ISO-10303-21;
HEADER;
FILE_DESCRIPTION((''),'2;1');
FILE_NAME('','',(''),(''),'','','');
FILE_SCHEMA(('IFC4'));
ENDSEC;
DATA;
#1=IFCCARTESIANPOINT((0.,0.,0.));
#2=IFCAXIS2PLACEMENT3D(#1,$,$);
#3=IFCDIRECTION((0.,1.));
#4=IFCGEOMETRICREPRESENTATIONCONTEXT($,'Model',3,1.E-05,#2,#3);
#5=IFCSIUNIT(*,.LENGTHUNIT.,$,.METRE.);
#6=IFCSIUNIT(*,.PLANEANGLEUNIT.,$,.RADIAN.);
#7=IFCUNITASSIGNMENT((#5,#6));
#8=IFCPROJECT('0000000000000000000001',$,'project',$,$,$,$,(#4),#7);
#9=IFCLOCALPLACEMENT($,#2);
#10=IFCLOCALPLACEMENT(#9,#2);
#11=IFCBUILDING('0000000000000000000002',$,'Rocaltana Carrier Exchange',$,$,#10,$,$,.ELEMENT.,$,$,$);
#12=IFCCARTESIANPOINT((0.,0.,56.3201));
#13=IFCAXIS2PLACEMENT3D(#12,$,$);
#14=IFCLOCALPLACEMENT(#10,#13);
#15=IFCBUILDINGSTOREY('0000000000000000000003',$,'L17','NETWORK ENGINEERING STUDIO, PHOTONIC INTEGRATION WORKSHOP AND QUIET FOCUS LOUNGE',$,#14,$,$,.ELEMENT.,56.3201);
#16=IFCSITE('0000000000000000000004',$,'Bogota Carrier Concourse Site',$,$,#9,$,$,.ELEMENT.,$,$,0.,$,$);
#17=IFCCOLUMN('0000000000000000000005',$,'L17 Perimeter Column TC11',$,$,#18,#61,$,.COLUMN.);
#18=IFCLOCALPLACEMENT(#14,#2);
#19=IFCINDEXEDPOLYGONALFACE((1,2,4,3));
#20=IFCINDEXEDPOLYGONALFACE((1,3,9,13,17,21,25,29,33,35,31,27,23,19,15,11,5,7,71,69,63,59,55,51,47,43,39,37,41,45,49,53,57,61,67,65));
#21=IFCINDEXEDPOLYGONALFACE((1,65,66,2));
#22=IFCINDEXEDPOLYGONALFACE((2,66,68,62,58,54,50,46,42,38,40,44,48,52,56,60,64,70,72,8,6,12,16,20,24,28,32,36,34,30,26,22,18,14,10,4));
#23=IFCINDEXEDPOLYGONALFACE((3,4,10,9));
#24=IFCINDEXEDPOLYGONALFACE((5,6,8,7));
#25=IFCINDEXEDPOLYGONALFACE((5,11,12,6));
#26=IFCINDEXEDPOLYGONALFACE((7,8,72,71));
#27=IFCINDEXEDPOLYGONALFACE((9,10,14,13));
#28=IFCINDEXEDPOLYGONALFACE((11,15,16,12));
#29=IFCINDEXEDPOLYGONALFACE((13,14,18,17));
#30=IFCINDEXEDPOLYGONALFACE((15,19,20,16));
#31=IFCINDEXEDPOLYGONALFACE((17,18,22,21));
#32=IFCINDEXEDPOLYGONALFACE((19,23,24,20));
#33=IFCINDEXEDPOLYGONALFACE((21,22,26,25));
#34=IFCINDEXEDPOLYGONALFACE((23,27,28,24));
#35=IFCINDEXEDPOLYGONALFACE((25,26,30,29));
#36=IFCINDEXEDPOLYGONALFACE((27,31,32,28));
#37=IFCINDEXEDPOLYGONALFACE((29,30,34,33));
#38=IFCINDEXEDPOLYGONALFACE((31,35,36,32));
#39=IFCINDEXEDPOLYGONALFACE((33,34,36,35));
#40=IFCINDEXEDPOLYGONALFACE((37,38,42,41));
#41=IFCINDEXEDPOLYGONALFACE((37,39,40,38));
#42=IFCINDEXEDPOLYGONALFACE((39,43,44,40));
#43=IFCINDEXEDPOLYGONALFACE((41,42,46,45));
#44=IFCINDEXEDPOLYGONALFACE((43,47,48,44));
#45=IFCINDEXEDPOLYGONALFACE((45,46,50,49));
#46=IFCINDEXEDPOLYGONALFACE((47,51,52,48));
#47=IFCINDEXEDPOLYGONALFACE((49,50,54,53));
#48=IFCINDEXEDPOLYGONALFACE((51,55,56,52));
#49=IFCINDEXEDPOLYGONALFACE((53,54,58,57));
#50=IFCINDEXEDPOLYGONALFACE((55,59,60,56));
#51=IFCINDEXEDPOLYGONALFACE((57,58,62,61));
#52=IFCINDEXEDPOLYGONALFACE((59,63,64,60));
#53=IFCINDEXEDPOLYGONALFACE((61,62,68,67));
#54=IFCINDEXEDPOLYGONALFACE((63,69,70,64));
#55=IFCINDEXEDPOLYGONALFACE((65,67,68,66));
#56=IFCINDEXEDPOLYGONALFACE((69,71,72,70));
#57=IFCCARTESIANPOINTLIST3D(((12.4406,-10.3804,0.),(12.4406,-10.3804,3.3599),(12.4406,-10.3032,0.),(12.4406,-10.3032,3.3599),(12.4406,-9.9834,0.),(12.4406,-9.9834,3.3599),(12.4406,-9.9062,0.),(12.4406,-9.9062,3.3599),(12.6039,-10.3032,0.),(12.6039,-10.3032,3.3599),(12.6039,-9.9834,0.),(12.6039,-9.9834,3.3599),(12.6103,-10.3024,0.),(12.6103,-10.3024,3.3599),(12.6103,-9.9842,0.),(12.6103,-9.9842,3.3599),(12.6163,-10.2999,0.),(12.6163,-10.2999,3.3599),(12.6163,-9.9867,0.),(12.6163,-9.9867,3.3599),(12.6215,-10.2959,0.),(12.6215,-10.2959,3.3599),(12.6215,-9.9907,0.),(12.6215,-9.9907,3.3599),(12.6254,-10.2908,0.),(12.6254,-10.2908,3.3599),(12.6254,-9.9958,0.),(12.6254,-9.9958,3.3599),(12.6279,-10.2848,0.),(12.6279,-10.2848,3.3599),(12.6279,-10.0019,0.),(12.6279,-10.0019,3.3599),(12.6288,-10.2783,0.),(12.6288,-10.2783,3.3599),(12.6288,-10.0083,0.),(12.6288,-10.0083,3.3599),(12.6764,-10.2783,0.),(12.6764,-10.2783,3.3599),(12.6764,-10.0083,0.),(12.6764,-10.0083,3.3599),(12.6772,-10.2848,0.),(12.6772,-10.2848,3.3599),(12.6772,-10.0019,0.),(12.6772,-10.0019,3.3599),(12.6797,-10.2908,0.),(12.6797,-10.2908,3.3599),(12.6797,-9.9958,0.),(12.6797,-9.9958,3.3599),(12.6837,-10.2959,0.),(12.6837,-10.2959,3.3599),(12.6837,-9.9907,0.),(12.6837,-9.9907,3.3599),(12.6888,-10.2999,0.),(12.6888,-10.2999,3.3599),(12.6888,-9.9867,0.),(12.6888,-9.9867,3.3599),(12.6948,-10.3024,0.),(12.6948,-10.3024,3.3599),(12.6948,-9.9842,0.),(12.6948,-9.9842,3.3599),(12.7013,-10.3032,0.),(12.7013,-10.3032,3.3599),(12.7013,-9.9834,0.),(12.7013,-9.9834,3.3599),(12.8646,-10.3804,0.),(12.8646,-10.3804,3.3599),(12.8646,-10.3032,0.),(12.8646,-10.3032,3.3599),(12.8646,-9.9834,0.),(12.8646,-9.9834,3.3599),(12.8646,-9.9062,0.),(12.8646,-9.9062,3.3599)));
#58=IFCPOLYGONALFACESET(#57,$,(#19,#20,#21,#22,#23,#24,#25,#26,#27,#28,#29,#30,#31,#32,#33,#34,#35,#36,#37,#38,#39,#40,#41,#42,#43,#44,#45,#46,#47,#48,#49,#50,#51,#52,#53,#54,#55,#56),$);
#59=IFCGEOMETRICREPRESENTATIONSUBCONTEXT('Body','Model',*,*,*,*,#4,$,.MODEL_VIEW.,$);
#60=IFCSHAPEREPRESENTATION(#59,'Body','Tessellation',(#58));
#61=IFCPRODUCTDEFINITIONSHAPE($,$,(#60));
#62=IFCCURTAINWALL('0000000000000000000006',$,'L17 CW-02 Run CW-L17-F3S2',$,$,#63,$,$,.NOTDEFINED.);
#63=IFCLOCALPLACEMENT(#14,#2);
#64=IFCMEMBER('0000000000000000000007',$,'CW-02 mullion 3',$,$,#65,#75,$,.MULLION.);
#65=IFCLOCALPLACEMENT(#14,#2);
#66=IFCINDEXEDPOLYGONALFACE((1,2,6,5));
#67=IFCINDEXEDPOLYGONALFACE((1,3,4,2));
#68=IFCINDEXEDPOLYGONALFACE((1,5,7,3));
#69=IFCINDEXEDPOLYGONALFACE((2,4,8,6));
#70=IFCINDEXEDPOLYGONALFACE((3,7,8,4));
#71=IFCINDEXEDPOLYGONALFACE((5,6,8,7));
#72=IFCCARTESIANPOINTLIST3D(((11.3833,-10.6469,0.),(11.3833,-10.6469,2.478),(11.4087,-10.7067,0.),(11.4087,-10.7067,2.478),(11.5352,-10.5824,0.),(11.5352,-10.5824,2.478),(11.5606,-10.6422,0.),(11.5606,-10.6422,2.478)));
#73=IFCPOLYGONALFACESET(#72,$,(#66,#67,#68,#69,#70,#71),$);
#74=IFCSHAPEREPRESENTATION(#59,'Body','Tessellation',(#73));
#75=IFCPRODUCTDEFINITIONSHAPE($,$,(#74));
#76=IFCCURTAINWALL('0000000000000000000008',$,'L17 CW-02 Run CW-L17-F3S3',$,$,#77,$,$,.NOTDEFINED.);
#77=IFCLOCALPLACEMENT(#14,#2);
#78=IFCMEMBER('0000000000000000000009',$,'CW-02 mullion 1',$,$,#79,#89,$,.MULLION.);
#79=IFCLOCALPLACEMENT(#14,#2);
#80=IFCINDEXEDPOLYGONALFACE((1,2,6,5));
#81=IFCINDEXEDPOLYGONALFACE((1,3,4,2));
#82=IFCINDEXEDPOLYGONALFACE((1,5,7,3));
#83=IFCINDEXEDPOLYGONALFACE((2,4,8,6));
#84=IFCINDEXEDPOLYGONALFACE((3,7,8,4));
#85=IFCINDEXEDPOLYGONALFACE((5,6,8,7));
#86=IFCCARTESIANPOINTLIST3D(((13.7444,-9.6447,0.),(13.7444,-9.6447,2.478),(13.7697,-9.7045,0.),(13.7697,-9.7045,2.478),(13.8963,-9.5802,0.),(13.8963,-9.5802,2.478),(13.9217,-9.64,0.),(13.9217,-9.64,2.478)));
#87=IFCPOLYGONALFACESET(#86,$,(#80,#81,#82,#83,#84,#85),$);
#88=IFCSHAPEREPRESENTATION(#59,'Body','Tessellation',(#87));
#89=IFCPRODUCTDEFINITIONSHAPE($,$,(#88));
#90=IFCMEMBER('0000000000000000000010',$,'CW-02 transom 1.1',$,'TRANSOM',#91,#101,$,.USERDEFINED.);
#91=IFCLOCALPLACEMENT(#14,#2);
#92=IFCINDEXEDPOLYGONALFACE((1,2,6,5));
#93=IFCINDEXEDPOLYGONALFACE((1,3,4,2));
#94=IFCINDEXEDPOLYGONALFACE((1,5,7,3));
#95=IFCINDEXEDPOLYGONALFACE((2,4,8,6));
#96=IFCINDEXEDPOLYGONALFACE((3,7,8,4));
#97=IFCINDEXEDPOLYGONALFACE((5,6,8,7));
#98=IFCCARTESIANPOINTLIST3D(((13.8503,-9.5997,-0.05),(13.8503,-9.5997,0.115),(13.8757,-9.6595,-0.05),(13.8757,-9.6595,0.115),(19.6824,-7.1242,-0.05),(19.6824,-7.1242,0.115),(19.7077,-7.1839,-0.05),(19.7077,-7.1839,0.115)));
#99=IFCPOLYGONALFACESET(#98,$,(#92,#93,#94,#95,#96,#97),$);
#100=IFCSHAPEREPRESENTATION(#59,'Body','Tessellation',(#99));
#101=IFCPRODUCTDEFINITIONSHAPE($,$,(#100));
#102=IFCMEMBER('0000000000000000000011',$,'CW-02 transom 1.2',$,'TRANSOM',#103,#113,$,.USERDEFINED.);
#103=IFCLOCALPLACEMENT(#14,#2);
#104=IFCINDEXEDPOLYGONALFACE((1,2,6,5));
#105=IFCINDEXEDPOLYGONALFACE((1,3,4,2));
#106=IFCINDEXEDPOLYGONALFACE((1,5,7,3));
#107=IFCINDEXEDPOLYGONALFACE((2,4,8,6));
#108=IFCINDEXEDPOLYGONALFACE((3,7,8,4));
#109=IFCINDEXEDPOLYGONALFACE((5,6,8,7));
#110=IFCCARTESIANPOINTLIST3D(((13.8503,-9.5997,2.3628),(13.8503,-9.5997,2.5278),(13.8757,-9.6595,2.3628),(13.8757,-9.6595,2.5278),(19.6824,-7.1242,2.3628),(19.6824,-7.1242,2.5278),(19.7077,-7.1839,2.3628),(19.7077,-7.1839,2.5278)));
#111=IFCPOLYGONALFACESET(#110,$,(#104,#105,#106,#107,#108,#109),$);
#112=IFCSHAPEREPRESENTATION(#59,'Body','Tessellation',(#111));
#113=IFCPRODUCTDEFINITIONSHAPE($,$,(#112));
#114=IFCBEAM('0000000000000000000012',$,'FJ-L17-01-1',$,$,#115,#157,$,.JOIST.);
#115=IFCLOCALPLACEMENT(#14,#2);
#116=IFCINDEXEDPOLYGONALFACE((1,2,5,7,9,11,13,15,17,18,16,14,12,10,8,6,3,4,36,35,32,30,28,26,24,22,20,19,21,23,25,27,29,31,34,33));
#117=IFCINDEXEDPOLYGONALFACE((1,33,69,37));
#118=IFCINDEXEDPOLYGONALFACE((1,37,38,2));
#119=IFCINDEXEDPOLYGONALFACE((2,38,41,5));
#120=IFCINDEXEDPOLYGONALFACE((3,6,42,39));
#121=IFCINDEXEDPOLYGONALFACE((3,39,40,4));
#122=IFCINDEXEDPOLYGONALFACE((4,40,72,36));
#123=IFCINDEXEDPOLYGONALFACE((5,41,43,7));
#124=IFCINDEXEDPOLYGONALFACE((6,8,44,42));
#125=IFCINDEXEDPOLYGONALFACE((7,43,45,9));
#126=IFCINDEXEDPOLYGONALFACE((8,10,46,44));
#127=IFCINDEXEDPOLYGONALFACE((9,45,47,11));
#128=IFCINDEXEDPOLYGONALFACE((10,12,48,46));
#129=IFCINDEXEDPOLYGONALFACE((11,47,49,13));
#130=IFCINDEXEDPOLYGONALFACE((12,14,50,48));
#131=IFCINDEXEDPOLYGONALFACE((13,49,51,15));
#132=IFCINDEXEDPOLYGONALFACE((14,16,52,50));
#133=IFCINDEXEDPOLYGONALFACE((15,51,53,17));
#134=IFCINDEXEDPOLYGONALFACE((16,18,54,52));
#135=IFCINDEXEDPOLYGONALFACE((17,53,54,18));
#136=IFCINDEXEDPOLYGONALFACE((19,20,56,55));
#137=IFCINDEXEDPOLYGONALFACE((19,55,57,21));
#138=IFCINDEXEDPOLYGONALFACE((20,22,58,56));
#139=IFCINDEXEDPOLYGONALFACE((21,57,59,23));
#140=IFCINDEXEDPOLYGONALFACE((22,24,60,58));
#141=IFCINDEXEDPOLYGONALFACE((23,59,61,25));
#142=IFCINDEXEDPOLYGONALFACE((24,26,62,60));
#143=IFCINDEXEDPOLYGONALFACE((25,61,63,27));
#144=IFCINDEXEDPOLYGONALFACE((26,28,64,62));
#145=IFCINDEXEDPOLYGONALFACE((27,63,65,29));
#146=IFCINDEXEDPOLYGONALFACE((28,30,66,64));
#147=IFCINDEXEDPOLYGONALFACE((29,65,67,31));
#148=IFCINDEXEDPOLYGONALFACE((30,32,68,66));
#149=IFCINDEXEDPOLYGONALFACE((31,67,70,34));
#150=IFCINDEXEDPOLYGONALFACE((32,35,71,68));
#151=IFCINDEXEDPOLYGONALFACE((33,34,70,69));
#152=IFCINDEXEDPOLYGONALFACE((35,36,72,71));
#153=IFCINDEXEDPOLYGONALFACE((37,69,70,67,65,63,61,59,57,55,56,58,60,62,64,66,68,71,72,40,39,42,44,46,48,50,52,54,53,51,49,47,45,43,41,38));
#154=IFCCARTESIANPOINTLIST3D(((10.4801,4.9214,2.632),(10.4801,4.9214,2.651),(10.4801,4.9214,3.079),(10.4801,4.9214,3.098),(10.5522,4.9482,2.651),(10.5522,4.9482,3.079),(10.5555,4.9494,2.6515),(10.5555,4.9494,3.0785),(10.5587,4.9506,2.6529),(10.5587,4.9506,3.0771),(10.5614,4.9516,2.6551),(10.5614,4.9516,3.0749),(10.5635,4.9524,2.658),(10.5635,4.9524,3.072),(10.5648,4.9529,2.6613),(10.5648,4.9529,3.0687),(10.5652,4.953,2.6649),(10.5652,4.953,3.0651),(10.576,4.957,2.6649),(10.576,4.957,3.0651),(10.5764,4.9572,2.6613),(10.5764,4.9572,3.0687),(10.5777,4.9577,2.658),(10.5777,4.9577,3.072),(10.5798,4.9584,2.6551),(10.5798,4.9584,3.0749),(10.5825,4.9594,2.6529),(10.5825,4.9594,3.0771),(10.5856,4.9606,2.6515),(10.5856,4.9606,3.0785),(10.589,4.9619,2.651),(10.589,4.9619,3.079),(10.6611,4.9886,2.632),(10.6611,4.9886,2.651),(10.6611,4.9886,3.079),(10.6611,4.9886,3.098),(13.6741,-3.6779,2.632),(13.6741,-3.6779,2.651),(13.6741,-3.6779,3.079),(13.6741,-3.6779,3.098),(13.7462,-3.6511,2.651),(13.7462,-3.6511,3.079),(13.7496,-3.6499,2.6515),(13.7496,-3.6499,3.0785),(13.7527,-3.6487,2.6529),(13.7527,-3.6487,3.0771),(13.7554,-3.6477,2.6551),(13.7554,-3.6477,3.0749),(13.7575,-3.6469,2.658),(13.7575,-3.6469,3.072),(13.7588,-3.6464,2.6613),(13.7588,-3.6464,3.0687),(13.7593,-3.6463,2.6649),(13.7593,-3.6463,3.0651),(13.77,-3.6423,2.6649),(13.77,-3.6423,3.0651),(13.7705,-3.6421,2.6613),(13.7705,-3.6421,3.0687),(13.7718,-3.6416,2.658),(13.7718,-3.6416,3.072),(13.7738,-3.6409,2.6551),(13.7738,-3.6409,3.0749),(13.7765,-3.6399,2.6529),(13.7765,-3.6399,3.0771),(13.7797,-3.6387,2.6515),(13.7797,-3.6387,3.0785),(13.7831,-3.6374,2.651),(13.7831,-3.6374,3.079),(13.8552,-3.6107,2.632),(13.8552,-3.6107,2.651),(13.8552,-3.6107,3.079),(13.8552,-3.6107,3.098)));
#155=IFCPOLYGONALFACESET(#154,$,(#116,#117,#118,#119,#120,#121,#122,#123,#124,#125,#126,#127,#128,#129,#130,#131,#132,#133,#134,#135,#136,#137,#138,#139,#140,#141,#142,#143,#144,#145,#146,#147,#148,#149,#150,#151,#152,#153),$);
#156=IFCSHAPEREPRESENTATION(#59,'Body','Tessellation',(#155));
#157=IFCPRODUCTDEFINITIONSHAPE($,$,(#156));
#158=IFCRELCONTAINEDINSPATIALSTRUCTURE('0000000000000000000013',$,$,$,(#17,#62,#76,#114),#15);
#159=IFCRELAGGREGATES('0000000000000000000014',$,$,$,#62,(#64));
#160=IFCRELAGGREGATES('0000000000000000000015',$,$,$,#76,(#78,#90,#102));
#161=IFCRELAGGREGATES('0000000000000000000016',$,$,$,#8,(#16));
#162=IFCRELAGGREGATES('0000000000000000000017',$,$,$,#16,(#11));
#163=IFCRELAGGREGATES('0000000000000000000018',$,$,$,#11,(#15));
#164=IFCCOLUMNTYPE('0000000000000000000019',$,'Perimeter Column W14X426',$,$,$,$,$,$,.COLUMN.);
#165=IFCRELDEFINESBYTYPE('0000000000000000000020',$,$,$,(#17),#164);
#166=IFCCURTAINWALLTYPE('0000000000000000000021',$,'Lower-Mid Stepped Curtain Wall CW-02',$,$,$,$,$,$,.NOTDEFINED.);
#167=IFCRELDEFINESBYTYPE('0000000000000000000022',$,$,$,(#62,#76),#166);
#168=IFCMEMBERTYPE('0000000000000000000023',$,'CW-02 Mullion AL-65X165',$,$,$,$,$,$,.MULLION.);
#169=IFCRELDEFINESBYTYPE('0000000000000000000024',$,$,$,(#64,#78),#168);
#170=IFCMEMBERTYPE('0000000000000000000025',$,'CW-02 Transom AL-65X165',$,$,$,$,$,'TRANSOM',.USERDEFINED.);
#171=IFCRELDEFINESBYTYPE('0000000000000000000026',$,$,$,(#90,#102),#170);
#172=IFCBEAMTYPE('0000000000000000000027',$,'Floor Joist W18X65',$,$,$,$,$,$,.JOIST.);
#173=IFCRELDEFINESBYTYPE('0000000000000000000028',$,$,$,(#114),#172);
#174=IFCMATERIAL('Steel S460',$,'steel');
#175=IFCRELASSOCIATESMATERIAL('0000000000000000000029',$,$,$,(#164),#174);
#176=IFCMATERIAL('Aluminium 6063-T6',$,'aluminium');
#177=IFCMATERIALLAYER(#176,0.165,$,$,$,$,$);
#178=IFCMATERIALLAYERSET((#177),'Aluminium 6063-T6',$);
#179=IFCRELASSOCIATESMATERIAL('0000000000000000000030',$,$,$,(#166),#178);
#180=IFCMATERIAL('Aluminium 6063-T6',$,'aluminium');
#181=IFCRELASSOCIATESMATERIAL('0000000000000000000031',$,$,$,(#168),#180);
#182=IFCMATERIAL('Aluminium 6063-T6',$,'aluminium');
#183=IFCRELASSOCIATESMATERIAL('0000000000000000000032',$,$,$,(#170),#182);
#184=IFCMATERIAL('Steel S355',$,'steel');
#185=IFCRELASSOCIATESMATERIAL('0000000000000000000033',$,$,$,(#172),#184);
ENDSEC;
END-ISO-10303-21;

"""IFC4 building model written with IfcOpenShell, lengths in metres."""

from ifc_helpers import new_model, si_unit, direction, frame, origin, origin_2d, place, context, subcontext, project, spatial, rectangle, i_section, extrude, material, layer, layer_set, material_profile, profile_set, type_object, element, aggregate, save


model = new_model("IFC4")

# Units and contexts
model_context = context("Model", 3, precision=1e-05, world=origin(), true_north=direction((0.0, 1.0)))
body_context = subcontext(model_context, "Body", "Model", "MODEL_VIEW")
ifc_project = project(units=[si_unit("LENGTHUNIT", "METRE"), si_unit("PLANEANGLEUNIT", "RADIAN")], contexts=[model_context])

# Site, building, storey
site_placement = place(None, origin())
site = spatial("IfcSite", under=ifc_project, at=site_placement, Name="Bogota Carrier Concourse Site", CompositionType="ELEMENT", RefElevation=0.0)
building_placement = place(site_placement, origin())
building = spatial("IfcBuilding", under=site, at=building_placement, Name="Rocaltana Carrier Exchange", CompositionType="ELEMENT")
storey_placement = place(building_placement, frame((0.0, 0.0, 56.3201)))
storey = spatial("IfcBuildingStorey", under=building, at=storey_placement, Name="L17", Description="NETWORK ENGINEERING STUDIO, PHOTONIC INTEGRATION WORKSHOP AND QUIET FOCUS LOUNGE", CompositionType="ELEMENT", Elevation=56.3201)

# Column
ifc_material_1 = material(Name="Steel S460", Category="steel")
ifc_material_profile_1 = material_profile(ifc_material_1, i_section(OverallWidth=0.4241, OverallDepth=0.4741, WebThickness=0.0476, FlangeThickness=0.0771, FilletRadius=0.0249, at=origin_2d()), Name="W14X426")
ifc_profile_set_1 = profile_set([ifc_material_profile_1], Name="Steel S460")
column_type = type_object("IfcColumnType", Name="Perimeter Column W14X426", PredefinedType="COLUMN", material=ifc_profile_set_1)
column_placement = place(storey_placement, frame((12.6526, -10.1433, 0.0), z_axis=(0.0, 0.0, 1.0), x_axis=(1.0, 0.0, 0.0)))
element("IfcColumn", 1, at=column_placement, inside=storey, type_object=column_type, Name="L17 Perimeter Column TC11", PredefinedType="COLUMN", context=body_context, shape_type="SweptSolid", body=[
    extrude(i_section(OverallWidth=0.4241, OverallDepth=0.4741, WebThickness=0.0476, FlangeThickness=0.0771, FilletRadius=0.0249, at=origin_2d()), origin(), (0.0, 0.0, 1.0), 3.3599),
])

# Curtain wall, member
ifc_material_2 = material(Name="Aluminium 6063-T6", Category="aluminium")
ifc_layer_1 = layer(ifc_material_2, 0.165)
ifc_layer_set_1 = layer_set([ifc_layer_1], Name="Aluminium 6063-T6")
curtain_wall_type = type_object("IfcCurtainWallType", Name="Lower-Mid Stepped Curtain Wall CW-02", PredefinedType="NOTDEFINED", material=ifc_layer_set_1)
curtain_wall_1_placement = place(storey_placement, origin())
curtain_wall_1 = element("IfcCurtainWall", 2, at=curtain_wall_1_placement, inside=storey, type_object=curtain_wall_type, Name="L17 CW-02 Run CW-L17-F3S2", PredefinedType="NOTDEFINED")
ifc_material_3 = material(Name="Aluminium 6063-T6", Category="aluminium")
ifc_material_profile_2 = material_profile(ifc_material_3, rectangle(XDim=0.0649, YDim=0.165, at=origin_2d()), Name="AL-65X165")
ifc_profile_set_2 = profile_set([ifc_material_profile_2], Name="Aluminium 6063-T6")
member_type_1 = type_object("IfcMemberType", Name="CW-02 Mullion AL-65X165", PredefinedType="MULLION", material=ifc_profile_set_2)
member_1_placement = place(storey_placement, frame((11.4719, -10.6445, 0.0), z_axis=(0.0, 0.0, 1.0), x_axis=(-0.390729, 0.920506, 0.0)))
member_1 = element("IfcMember", 3, at=member_1_placement, type_object=member_type_1, Name="CW-02 mullion 3", PredefinedType="MULLION", context=body_context, shape_type="SweptSolid", body=[
    extrude(rectangle(XDim=0.0649, YDim=0.165, at=origin_2d()), origin(), (0.0, 0.0, 1.0), 2.478),
])
aggregate(curtain_wall_1, [member_1])

# Curtain wall, members
curtain_wall_2_placement = place(storey_placement, origin())
curtain_wall_2 = element("IfcCurtainWall", 4, at=curtain_wall_2_placement, inside=storey, type_object=curtain_wall_type, Name="L17 CW-02 Run CW-L17-F3S3", PredefinedType="NOTDEFINED")
member_2_placement = place(storey_placement, frame((13.833, -9.6423, 0.0), z_axis=(0.0, 0.0, 1.0), x_axis=(-0.390735, 0.920503, 0.0)))
member_2 = element("IfcMember", 5, at=member_2_placement, type_object=member_type_1, Name="CW-02 mullion 1", PredefinedType="MULLION", context=body_context, shape_type="SweptSolid", body=[
    extrude(rectangle(XDim=0.0649, YDim=0.165, at=origin_2d()), origin(), (0.0, 0.0, 1.0), 2.478),
])
ifc_material_4 = material(Name="Aluminium 6063-T6", Category="aluminium")
ifc_material_profile_3 = material_profile(ifc_material_4, rectangle(XDim=0.0649, YDim=0.165, at=origin_2d()), Name="AL-65X165")
ifc_profile_set_3 = profile_set([ifc_material_profile_3], Name="Aluminium 6063-T6")
member_type_2 = type_object("IfcMemberType", Name="CW-02 Transom AL-65X165", ElementType="TRANSOM", PredefinedType="USERDEFINED", material=ifc_profile_set_3)
member_3_placement = place(storey_placement, frame((13.863, -9.6296, 0.0325), z_axis=(0.920503, 0.390736, 0.0), x_axis=(-0.390736, 0.920503, 0.0)))
member_3 = element("IfcMember", 6, at=member_3_placement, type_object=member_type_2, Name="CW-02 transom 1.1", ObjectType="TRANSOM", PredefinedType="USERDEFINED", context=body_context, shape_type="SweptSolid", body=[
    extrude(rectangle(XDim=0.0649, YDim=0.165, at=origin_2d()), origin(), (0.0, 0.0, 1.0), 6.3357),
])
member_4_placement = place(storey_placement, frame((13.863, -9.6296, 2.4453), z_axis=(0.920503, 0.390736, 0.0), x_axis=(-0.390736, 0.920503, 0.0)))
member_4 = element("IfcMember", 7, at=member_4_placement, type_object=member_type_2, Name="CW-02 transom 1.2", ObjectType="TRANSOM", PredefinedType="USERDEFINED", context=body_context, shape_type="SweptSolid", body=[
    extrude(rectangle(XDim=0.0649, YDim=0.165, at=origin_2d()), origin(), (0.0, 0.0, 1.0), 6.3357),
])

# Beam
ifc_material_5 = material(Name="Steel S355", Category="steel")
ifc_material_profile_4 = material_profile(ifc_material_5, i_section(OverallWidth=0.1931, OverallDepth=0.4661, WebThickness=0.0115, FlangeThickness=0.019, FilletRadius=0.0139, at=origin_2d()), Name="W18X65")
ifc_profile_set_4 = profile_set([ifc_material_profile_4], Name="Steel S355")
beam_type_1 = type_object("IfcBeamType", Name="Floor Joist W18X65", PredefinedType="JOIST", material=ifc_profile_set_4)
beam_1_placement = place(storey_placement, frame((13.7646, -3.6443, 2.865), z_axis=(-0.348191, 0.937424, 0.0), x_axis=(-0.937424, -0.348191, 0.0)))
element("IfcBeam", 8, at=beam_1_placement, inside=storey, type_object=beam_type_1, Name="FJ-L17-01-1", PredefinedType="JOIST", context=body_context, shape_type="SweptSolid", body=[
    extrude(i_section(OverallWidth=0.1931, OverallDepth=0.4661, WebThickness=0.0115, FlangeThickness=0.019, FilletRadius=0.0139, at=origin_2d()), origin(), (0.0, 0.0, 1.0), 9.1733),
])

aggregate(curtain_wall_2, [member_2, member_3, member_4])

save(model, "model.ifc")
